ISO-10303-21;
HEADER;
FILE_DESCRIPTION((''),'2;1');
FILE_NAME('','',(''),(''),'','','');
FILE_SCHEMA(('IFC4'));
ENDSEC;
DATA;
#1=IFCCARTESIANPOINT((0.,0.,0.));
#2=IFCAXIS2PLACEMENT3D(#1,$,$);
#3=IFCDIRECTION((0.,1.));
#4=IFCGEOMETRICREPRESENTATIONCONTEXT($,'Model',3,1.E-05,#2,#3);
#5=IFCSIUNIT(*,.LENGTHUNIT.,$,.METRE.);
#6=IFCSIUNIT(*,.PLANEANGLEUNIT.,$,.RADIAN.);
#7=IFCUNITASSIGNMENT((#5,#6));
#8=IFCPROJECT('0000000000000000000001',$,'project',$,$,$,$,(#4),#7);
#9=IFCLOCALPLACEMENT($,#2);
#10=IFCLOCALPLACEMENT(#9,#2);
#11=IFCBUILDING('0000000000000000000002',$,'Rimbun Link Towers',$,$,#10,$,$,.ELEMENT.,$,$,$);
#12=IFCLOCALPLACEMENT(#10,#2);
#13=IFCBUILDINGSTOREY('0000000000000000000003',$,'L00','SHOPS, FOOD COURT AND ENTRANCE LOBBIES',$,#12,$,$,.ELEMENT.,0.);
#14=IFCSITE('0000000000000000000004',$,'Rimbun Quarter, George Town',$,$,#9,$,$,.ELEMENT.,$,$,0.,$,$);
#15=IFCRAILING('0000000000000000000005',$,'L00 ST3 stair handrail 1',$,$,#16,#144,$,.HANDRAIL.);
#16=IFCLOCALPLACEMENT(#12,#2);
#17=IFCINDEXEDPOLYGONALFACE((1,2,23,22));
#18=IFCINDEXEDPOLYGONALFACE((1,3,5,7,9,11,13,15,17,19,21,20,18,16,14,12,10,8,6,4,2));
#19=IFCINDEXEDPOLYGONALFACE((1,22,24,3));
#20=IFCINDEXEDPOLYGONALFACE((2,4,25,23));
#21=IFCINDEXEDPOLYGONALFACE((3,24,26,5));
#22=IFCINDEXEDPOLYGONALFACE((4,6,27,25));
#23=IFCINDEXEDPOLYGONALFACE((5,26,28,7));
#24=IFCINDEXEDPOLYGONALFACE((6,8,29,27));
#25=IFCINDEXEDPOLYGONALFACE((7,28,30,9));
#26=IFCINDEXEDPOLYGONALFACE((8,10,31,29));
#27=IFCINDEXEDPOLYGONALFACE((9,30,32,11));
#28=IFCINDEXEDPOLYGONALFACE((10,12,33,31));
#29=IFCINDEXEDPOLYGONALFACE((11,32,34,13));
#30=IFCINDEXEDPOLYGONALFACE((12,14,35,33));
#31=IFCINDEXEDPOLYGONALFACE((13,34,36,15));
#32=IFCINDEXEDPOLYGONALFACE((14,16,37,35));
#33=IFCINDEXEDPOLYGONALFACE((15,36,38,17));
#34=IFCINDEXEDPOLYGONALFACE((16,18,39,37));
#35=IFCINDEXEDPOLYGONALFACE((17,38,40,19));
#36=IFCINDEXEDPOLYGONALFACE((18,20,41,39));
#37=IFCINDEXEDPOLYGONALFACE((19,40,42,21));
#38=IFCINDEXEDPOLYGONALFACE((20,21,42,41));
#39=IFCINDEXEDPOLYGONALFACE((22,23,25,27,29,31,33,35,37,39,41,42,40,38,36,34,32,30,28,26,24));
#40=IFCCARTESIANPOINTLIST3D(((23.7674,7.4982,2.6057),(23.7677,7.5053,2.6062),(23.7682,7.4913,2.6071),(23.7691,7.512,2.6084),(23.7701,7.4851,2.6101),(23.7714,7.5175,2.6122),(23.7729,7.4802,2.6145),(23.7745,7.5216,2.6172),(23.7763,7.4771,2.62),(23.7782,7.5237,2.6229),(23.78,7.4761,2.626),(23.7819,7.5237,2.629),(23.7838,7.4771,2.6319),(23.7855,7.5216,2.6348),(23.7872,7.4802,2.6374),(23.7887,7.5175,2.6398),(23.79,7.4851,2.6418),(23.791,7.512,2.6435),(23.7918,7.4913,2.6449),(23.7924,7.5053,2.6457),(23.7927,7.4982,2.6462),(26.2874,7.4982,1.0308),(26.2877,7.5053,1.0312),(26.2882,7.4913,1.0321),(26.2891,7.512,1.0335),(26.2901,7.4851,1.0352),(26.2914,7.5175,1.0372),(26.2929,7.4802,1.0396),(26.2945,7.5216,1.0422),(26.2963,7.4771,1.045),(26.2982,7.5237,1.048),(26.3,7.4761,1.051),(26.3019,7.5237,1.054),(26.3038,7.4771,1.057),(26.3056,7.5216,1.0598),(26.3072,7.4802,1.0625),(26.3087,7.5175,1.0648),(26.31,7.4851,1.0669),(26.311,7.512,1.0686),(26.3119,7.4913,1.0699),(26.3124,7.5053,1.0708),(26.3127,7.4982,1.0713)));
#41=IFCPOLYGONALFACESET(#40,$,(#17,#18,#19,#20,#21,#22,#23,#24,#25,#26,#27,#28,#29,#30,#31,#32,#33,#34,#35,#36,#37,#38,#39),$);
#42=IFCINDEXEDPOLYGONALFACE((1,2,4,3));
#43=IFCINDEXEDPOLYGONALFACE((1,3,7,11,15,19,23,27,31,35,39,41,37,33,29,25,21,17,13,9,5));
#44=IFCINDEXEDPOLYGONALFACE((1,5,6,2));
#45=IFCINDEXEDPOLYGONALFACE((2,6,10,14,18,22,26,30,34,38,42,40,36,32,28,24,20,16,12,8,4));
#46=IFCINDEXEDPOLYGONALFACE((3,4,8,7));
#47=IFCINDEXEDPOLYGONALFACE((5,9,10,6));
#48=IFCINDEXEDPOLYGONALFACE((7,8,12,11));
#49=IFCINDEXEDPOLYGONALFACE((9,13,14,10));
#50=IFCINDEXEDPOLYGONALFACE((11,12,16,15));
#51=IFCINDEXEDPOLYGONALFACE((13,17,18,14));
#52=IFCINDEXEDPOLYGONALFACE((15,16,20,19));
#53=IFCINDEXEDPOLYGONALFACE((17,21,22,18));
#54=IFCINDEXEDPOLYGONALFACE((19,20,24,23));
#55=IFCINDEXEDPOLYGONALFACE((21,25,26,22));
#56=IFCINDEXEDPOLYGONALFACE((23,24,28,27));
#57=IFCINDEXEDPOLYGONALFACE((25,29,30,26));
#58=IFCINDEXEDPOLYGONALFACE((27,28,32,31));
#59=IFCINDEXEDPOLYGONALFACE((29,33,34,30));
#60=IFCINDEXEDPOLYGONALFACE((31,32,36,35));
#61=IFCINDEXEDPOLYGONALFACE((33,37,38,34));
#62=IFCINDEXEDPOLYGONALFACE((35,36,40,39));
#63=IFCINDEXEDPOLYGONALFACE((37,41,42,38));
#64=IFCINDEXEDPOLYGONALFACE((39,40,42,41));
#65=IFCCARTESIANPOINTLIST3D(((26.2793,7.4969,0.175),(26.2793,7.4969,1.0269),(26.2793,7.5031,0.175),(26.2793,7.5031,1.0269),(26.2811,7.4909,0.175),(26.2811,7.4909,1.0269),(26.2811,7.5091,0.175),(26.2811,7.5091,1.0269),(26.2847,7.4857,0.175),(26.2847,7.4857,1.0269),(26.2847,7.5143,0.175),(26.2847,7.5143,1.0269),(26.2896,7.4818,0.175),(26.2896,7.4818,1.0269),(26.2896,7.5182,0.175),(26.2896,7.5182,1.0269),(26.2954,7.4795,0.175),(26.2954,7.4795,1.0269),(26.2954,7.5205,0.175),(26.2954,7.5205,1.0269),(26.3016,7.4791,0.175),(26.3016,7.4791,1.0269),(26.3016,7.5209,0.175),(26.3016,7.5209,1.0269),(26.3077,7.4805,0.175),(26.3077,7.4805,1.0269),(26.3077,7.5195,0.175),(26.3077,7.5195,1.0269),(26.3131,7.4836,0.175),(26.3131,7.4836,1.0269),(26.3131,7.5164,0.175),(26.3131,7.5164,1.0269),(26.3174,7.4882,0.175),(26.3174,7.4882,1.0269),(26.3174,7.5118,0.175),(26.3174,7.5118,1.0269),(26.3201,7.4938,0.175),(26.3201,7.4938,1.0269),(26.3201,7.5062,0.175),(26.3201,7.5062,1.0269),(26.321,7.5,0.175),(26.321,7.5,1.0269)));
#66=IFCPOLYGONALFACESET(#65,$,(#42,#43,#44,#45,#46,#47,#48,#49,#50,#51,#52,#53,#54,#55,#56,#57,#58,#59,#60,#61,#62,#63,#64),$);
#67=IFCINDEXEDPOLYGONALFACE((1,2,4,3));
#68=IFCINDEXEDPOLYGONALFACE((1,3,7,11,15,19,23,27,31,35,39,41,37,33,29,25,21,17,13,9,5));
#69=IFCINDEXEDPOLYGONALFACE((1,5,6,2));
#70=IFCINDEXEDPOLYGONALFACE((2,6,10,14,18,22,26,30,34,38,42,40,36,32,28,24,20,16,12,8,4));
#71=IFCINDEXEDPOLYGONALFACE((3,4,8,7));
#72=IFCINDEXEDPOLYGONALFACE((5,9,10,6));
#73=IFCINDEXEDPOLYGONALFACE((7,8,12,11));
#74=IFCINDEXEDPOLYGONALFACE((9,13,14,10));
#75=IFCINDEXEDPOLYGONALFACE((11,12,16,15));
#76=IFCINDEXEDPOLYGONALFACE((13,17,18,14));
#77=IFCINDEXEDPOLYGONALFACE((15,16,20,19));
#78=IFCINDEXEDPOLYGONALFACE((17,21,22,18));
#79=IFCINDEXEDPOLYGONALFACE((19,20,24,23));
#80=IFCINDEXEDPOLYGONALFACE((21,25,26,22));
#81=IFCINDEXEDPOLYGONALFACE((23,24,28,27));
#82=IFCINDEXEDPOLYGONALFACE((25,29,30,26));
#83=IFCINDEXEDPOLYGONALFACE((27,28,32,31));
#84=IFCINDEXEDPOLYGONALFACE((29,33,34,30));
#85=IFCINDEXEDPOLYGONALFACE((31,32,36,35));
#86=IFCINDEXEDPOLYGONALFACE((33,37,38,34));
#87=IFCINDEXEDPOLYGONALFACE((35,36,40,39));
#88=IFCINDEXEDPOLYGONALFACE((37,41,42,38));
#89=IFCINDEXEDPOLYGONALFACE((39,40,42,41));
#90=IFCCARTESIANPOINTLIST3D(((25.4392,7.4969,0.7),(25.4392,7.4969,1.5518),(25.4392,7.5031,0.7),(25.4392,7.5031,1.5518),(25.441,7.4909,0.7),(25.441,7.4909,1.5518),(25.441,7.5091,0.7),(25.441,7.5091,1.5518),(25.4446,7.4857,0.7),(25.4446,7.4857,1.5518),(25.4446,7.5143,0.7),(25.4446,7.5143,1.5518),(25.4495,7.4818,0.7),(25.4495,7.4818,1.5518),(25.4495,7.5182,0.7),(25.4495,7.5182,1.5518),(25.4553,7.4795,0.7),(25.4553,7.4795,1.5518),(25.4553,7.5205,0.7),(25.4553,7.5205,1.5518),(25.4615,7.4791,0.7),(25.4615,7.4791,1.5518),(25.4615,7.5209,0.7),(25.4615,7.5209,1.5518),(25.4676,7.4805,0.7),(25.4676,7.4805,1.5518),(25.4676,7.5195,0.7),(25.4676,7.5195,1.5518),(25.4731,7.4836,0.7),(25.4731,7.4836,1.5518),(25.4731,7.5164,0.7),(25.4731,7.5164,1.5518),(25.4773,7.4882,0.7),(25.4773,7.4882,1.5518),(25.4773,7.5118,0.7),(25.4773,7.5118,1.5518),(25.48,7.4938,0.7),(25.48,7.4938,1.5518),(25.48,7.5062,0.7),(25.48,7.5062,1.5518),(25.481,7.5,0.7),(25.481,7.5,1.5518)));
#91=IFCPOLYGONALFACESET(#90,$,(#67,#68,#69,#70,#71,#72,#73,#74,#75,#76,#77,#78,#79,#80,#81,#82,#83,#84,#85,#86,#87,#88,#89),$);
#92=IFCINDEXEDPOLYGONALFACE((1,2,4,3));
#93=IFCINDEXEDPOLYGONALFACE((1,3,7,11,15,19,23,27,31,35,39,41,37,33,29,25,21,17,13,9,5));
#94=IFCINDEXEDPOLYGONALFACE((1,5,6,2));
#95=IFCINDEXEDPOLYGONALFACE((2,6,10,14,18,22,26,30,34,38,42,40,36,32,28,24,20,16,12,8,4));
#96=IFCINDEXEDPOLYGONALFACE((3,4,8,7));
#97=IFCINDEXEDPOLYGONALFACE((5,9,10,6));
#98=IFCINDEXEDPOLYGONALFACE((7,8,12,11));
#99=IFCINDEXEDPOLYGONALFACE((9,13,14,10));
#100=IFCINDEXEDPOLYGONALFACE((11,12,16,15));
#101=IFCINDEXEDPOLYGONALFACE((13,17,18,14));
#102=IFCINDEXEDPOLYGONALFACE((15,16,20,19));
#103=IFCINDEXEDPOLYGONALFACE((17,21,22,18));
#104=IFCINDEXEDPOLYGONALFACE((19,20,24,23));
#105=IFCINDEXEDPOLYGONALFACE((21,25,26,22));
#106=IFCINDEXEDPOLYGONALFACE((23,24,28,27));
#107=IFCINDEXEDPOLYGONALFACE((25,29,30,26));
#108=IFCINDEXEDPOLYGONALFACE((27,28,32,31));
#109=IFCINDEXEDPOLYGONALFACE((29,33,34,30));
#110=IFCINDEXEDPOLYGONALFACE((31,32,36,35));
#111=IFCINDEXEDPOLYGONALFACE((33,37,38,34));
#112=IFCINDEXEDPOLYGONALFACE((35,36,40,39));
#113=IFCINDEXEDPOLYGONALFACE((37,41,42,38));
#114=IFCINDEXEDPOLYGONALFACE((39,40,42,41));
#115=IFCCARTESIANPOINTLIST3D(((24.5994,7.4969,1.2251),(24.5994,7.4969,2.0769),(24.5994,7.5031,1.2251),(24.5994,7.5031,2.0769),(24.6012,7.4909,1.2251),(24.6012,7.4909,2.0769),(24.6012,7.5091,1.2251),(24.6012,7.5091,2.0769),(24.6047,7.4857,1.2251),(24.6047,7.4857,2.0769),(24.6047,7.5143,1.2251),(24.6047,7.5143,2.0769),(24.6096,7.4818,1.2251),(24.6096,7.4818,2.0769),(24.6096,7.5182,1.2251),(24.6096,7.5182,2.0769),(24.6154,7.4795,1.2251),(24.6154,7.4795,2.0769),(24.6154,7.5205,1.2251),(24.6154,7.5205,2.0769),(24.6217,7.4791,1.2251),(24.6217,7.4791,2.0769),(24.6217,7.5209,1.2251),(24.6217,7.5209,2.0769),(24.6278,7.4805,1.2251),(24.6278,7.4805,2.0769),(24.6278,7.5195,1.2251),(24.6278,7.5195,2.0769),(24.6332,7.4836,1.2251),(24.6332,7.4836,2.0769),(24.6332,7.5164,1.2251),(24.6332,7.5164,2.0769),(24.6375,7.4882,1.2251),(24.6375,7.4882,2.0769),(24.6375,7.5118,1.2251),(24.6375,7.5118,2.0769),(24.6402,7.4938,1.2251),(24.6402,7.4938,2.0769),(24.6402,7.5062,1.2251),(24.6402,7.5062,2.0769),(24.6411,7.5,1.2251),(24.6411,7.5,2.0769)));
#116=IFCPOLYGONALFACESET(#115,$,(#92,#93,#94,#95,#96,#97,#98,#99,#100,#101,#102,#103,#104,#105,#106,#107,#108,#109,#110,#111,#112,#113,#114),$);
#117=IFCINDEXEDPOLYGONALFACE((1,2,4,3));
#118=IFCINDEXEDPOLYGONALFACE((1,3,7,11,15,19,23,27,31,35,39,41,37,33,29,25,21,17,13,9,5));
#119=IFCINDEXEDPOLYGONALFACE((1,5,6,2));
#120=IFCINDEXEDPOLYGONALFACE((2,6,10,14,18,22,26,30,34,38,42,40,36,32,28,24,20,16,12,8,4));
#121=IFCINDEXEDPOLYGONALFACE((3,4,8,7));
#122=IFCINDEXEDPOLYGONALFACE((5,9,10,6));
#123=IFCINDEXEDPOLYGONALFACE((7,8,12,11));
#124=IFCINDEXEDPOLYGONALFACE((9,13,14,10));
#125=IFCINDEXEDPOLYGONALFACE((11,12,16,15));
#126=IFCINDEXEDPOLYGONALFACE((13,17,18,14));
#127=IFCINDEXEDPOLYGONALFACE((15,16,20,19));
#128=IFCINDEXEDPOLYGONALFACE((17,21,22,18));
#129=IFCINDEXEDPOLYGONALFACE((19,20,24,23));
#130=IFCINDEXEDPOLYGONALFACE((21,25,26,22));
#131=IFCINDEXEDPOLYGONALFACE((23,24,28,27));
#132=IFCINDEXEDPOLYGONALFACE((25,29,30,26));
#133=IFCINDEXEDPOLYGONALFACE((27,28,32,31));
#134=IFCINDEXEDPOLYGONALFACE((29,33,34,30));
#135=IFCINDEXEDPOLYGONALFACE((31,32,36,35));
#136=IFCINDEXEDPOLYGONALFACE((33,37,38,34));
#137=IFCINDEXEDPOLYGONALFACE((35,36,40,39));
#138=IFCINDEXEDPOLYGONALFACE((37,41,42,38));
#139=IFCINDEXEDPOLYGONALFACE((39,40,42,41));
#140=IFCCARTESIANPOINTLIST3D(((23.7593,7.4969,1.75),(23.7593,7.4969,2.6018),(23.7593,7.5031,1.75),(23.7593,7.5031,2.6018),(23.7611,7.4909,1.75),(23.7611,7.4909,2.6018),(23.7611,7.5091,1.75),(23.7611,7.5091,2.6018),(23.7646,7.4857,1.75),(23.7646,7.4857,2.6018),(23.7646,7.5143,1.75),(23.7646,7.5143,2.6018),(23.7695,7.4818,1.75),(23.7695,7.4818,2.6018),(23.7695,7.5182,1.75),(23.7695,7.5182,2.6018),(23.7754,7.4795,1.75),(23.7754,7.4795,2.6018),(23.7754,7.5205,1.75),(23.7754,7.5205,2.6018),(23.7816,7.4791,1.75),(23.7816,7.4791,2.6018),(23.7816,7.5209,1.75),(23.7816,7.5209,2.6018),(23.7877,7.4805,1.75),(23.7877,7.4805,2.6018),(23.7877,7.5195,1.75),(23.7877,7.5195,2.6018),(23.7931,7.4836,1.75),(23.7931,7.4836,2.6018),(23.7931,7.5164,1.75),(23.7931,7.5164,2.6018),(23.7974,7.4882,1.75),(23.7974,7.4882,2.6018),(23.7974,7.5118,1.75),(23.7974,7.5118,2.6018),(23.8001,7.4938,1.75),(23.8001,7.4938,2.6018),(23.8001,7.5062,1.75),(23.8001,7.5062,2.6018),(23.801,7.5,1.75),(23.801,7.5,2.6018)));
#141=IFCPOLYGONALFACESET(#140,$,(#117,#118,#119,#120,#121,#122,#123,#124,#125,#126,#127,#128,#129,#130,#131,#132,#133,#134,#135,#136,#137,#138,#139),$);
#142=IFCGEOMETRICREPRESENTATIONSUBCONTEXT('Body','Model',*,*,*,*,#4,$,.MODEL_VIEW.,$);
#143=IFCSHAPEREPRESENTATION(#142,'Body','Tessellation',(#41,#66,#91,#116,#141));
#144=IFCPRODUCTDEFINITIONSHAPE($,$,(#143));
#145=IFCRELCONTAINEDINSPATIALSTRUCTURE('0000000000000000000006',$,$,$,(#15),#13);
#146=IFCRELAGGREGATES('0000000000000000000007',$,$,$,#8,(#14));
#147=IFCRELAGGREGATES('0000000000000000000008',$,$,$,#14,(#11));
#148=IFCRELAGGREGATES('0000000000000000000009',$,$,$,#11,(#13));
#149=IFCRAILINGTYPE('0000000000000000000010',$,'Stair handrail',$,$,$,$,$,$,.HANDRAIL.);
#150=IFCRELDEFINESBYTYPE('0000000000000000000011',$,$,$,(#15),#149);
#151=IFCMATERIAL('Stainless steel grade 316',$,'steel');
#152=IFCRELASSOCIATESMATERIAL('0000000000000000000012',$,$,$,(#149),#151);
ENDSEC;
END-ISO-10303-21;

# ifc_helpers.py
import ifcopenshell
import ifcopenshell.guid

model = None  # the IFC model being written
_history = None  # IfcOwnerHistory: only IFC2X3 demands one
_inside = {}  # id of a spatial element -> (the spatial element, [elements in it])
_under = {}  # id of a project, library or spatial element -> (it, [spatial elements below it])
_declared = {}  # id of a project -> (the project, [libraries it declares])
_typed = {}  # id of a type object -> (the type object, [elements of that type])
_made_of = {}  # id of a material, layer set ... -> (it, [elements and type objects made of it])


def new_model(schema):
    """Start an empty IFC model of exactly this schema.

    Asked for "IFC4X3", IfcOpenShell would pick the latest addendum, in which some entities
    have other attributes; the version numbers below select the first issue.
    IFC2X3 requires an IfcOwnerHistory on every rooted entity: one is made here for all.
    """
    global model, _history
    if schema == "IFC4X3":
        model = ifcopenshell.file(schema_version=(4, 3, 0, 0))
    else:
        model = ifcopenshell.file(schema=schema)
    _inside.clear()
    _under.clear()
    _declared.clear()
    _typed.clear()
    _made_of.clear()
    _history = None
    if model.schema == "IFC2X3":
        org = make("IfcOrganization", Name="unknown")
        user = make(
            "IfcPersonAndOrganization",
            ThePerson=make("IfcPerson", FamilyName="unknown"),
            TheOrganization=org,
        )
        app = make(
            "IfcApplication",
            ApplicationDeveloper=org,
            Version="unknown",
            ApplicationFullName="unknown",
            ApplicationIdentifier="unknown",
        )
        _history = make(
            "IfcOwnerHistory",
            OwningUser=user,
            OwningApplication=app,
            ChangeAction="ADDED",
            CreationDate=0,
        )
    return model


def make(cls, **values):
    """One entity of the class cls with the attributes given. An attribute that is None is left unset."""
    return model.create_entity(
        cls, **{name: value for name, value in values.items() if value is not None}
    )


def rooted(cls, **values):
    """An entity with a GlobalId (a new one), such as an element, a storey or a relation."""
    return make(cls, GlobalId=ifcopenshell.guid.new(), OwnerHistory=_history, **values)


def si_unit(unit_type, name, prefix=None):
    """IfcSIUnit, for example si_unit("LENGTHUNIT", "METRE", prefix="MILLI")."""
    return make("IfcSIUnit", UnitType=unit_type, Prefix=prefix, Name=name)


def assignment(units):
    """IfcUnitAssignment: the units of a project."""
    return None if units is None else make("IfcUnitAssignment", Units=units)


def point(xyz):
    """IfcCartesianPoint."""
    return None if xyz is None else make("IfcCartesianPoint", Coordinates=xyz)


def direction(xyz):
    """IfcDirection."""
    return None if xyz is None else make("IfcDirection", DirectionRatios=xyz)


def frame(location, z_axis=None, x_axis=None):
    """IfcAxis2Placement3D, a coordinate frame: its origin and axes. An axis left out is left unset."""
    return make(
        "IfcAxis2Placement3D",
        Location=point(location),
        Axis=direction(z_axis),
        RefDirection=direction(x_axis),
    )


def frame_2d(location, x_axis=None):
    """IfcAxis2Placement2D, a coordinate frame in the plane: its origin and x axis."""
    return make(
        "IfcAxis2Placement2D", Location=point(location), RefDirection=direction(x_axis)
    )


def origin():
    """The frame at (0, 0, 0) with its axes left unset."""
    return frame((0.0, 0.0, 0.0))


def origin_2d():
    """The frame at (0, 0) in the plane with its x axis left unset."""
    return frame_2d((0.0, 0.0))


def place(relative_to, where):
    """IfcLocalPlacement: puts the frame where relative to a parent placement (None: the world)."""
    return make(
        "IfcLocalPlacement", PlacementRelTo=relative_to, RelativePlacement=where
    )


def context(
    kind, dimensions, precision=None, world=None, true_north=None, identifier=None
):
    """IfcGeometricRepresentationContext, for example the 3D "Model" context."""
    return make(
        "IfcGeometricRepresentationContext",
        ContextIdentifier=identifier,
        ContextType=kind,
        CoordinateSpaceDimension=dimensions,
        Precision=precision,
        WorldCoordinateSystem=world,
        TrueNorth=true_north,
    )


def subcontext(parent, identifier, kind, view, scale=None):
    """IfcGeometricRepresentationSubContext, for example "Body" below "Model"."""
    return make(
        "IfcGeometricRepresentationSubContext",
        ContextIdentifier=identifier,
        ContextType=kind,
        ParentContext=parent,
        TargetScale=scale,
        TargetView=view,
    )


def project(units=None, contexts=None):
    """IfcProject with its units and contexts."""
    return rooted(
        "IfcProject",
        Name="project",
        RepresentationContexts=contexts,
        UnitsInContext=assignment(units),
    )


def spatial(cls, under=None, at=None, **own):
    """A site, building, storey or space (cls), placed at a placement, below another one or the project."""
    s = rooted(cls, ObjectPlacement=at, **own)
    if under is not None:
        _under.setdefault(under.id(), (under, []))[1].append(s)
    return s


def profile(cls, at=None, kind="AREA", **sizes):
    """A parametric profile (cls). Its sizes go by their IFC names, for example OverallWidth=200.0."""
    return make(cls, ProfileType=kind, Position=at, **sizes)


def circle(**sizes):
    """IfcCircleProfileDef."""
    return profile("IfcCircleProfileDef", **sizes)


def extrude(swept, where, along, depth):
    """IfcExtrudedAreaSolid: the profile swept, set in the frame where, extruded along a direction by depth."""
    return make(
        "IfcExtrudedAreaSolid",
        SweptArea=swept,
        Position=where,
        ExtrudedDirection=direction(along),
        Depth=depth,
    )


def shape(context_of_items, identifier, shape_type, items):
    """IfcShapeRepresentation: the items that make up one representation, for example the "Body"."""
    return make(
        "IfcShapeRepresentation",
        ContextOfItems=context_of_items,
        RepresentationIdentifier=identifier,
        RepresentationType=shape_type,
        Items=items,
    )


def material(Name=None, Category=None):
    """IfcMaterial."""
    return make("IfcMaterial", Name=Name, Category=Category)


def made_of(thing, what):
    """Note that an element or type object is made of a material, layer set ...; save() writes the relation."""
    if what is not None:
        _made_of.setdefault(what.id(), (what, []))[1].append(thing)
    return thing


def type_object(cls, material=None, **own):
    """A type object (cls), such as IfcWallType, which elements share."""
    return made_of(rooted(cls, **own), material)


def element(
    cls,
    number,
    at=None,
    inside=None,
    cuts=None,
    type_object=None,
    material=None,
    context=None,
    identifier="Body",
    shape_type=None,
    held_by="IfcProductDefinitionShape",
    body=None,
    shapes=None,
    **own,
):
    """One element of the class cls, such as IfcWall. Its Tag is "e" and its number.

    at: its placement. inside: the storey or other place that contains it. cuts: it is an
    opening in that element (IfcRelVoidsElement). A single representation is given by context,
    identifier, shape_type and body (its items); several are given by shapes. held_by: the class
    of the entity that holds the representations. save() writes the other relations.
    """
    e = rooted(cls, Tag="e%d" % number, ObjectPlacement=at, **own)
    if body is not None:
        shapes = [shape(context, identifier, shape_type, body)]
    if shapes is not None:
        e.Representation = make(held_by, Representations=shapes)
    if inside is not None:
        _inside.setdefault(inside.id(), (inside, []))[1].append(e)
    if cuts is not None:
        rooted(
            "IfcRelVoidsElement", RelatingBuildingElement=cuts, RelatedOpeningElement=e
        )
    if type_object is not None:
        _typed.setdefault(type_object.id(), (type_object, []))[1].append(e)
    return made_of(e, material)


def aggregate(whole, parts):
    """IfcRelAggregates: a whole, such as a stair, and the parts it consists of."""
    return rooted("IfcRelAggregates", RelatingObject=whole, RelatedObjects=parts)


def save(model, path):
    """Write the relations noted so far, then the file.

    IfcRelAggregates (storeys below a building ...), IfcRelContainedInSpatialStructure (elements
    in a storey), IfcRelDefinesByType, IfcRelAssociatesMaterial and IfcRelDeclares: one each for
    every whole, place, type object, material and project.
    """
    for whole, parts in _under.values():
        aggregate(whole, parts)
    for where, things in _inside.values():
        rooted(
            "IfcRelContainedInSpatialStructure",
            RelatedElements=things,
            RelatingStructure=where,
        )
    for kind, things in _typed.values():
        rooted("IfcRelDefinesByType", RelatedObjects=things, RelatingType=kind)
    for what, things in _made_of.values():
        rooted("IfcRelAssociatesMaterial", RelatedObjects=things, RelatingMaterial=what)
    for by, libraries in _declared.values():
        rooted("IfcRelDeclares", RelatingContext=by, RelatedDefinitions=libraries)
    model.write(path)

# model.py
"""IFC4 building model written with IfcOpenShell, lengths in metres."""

from ifc_helpers import new_model, si_unit, direction, frame, origin, origin_2d, place, context, subcontext, project, spatial, circle, extrude, material, type_object, element, save


model = new_model("IFC4")

# Units and contexts
model_context = context("Model", 3, precision=1e-05, world=origin(), true_north=direction((0.0, 1.0)))
body_context = subcontext(model_context, "Body", "Model", "MODEL_VIEW")
ifc_project = project(units=[si_unit("LENGTHUNIT", "METRE"), si_unit("PLANEANGLEUNIT", "RADIAN")], contexts=[model_context])

# Site, building, storey
site_placement = place(None, origin())
site = spatial("IfcSite", under=ifc_project, at=site_placement, Name="Rimbun Quarter, George Town", CompositionType="ELEMENT", RefElevation=0.0)
building_placement = place(site_placement, origin())
building = spatial("IfcBuilding", under=site, at=building_placement, Name="Rimbun Link Towers", CompositionType="ELEMENT")
storey_placement = place(building_placement, origin())
storey = spatial("IfcBuildingStorey", under=building, at=storey_placement, Name="L00", Description="SHOPS, FOOD COURT AND ENTRANCE LOBBIES", CompositionType="ELEMENT", Elevation=0.0)

# Railing
ifc_material_1 = material(Name="Stainless steel grade 316", Category="steel")
railing_type_1 = type_object("IfcRailingType", Name="Stair handrail", PredefinedType="HANDRAIL", material=ifc_material_1)
for number, where, name in (
    (1, (26.3, 7.5, 0.175), "L00 ST3 stair handrail 1"),
):
    element("IfcRailing", number, at=place(storey_placement, frame(where)), inside=storey, type_object=railing_type_1, Name=name, PredefinedType="HANDRAIL", context=body_context, shape_type="SweptSolid", body=[
        extrude(circle(Radius=0.0239, at=origin_2d()), frame((0.0, 0.0, 0.876), z_axis=(-0.848008, 0.0, 0.529984), x_axis=(0.0, -1.0, 0.0)), (0.0, 0.0, 1.0), 2.9717),
        extrude(circle(Radius=0.021, at=origin_2d()), origin(), (0.0, 0.0, 1.0), 0.8518),
        extrude(circle(Radius=0.021, at=origin_2d()), frame((-0.8401, 0.0, 0.5249)), (0.0, 0.0, 1.0), 0.8518),
        extrude(circle(Radius=0.021, at=origin_2d()), frame((-1.6799, 0.0, 1.05)), (0.0, 0.0, 1.0), 0.8518),
        extrude(circle(Radius=0.021, at=origin_2d()), frame((-2.52, 0.0, 1.575)), (0.0, 0.0, 1.0), 0.8518),
    ])

save(model, "model.ifc")
